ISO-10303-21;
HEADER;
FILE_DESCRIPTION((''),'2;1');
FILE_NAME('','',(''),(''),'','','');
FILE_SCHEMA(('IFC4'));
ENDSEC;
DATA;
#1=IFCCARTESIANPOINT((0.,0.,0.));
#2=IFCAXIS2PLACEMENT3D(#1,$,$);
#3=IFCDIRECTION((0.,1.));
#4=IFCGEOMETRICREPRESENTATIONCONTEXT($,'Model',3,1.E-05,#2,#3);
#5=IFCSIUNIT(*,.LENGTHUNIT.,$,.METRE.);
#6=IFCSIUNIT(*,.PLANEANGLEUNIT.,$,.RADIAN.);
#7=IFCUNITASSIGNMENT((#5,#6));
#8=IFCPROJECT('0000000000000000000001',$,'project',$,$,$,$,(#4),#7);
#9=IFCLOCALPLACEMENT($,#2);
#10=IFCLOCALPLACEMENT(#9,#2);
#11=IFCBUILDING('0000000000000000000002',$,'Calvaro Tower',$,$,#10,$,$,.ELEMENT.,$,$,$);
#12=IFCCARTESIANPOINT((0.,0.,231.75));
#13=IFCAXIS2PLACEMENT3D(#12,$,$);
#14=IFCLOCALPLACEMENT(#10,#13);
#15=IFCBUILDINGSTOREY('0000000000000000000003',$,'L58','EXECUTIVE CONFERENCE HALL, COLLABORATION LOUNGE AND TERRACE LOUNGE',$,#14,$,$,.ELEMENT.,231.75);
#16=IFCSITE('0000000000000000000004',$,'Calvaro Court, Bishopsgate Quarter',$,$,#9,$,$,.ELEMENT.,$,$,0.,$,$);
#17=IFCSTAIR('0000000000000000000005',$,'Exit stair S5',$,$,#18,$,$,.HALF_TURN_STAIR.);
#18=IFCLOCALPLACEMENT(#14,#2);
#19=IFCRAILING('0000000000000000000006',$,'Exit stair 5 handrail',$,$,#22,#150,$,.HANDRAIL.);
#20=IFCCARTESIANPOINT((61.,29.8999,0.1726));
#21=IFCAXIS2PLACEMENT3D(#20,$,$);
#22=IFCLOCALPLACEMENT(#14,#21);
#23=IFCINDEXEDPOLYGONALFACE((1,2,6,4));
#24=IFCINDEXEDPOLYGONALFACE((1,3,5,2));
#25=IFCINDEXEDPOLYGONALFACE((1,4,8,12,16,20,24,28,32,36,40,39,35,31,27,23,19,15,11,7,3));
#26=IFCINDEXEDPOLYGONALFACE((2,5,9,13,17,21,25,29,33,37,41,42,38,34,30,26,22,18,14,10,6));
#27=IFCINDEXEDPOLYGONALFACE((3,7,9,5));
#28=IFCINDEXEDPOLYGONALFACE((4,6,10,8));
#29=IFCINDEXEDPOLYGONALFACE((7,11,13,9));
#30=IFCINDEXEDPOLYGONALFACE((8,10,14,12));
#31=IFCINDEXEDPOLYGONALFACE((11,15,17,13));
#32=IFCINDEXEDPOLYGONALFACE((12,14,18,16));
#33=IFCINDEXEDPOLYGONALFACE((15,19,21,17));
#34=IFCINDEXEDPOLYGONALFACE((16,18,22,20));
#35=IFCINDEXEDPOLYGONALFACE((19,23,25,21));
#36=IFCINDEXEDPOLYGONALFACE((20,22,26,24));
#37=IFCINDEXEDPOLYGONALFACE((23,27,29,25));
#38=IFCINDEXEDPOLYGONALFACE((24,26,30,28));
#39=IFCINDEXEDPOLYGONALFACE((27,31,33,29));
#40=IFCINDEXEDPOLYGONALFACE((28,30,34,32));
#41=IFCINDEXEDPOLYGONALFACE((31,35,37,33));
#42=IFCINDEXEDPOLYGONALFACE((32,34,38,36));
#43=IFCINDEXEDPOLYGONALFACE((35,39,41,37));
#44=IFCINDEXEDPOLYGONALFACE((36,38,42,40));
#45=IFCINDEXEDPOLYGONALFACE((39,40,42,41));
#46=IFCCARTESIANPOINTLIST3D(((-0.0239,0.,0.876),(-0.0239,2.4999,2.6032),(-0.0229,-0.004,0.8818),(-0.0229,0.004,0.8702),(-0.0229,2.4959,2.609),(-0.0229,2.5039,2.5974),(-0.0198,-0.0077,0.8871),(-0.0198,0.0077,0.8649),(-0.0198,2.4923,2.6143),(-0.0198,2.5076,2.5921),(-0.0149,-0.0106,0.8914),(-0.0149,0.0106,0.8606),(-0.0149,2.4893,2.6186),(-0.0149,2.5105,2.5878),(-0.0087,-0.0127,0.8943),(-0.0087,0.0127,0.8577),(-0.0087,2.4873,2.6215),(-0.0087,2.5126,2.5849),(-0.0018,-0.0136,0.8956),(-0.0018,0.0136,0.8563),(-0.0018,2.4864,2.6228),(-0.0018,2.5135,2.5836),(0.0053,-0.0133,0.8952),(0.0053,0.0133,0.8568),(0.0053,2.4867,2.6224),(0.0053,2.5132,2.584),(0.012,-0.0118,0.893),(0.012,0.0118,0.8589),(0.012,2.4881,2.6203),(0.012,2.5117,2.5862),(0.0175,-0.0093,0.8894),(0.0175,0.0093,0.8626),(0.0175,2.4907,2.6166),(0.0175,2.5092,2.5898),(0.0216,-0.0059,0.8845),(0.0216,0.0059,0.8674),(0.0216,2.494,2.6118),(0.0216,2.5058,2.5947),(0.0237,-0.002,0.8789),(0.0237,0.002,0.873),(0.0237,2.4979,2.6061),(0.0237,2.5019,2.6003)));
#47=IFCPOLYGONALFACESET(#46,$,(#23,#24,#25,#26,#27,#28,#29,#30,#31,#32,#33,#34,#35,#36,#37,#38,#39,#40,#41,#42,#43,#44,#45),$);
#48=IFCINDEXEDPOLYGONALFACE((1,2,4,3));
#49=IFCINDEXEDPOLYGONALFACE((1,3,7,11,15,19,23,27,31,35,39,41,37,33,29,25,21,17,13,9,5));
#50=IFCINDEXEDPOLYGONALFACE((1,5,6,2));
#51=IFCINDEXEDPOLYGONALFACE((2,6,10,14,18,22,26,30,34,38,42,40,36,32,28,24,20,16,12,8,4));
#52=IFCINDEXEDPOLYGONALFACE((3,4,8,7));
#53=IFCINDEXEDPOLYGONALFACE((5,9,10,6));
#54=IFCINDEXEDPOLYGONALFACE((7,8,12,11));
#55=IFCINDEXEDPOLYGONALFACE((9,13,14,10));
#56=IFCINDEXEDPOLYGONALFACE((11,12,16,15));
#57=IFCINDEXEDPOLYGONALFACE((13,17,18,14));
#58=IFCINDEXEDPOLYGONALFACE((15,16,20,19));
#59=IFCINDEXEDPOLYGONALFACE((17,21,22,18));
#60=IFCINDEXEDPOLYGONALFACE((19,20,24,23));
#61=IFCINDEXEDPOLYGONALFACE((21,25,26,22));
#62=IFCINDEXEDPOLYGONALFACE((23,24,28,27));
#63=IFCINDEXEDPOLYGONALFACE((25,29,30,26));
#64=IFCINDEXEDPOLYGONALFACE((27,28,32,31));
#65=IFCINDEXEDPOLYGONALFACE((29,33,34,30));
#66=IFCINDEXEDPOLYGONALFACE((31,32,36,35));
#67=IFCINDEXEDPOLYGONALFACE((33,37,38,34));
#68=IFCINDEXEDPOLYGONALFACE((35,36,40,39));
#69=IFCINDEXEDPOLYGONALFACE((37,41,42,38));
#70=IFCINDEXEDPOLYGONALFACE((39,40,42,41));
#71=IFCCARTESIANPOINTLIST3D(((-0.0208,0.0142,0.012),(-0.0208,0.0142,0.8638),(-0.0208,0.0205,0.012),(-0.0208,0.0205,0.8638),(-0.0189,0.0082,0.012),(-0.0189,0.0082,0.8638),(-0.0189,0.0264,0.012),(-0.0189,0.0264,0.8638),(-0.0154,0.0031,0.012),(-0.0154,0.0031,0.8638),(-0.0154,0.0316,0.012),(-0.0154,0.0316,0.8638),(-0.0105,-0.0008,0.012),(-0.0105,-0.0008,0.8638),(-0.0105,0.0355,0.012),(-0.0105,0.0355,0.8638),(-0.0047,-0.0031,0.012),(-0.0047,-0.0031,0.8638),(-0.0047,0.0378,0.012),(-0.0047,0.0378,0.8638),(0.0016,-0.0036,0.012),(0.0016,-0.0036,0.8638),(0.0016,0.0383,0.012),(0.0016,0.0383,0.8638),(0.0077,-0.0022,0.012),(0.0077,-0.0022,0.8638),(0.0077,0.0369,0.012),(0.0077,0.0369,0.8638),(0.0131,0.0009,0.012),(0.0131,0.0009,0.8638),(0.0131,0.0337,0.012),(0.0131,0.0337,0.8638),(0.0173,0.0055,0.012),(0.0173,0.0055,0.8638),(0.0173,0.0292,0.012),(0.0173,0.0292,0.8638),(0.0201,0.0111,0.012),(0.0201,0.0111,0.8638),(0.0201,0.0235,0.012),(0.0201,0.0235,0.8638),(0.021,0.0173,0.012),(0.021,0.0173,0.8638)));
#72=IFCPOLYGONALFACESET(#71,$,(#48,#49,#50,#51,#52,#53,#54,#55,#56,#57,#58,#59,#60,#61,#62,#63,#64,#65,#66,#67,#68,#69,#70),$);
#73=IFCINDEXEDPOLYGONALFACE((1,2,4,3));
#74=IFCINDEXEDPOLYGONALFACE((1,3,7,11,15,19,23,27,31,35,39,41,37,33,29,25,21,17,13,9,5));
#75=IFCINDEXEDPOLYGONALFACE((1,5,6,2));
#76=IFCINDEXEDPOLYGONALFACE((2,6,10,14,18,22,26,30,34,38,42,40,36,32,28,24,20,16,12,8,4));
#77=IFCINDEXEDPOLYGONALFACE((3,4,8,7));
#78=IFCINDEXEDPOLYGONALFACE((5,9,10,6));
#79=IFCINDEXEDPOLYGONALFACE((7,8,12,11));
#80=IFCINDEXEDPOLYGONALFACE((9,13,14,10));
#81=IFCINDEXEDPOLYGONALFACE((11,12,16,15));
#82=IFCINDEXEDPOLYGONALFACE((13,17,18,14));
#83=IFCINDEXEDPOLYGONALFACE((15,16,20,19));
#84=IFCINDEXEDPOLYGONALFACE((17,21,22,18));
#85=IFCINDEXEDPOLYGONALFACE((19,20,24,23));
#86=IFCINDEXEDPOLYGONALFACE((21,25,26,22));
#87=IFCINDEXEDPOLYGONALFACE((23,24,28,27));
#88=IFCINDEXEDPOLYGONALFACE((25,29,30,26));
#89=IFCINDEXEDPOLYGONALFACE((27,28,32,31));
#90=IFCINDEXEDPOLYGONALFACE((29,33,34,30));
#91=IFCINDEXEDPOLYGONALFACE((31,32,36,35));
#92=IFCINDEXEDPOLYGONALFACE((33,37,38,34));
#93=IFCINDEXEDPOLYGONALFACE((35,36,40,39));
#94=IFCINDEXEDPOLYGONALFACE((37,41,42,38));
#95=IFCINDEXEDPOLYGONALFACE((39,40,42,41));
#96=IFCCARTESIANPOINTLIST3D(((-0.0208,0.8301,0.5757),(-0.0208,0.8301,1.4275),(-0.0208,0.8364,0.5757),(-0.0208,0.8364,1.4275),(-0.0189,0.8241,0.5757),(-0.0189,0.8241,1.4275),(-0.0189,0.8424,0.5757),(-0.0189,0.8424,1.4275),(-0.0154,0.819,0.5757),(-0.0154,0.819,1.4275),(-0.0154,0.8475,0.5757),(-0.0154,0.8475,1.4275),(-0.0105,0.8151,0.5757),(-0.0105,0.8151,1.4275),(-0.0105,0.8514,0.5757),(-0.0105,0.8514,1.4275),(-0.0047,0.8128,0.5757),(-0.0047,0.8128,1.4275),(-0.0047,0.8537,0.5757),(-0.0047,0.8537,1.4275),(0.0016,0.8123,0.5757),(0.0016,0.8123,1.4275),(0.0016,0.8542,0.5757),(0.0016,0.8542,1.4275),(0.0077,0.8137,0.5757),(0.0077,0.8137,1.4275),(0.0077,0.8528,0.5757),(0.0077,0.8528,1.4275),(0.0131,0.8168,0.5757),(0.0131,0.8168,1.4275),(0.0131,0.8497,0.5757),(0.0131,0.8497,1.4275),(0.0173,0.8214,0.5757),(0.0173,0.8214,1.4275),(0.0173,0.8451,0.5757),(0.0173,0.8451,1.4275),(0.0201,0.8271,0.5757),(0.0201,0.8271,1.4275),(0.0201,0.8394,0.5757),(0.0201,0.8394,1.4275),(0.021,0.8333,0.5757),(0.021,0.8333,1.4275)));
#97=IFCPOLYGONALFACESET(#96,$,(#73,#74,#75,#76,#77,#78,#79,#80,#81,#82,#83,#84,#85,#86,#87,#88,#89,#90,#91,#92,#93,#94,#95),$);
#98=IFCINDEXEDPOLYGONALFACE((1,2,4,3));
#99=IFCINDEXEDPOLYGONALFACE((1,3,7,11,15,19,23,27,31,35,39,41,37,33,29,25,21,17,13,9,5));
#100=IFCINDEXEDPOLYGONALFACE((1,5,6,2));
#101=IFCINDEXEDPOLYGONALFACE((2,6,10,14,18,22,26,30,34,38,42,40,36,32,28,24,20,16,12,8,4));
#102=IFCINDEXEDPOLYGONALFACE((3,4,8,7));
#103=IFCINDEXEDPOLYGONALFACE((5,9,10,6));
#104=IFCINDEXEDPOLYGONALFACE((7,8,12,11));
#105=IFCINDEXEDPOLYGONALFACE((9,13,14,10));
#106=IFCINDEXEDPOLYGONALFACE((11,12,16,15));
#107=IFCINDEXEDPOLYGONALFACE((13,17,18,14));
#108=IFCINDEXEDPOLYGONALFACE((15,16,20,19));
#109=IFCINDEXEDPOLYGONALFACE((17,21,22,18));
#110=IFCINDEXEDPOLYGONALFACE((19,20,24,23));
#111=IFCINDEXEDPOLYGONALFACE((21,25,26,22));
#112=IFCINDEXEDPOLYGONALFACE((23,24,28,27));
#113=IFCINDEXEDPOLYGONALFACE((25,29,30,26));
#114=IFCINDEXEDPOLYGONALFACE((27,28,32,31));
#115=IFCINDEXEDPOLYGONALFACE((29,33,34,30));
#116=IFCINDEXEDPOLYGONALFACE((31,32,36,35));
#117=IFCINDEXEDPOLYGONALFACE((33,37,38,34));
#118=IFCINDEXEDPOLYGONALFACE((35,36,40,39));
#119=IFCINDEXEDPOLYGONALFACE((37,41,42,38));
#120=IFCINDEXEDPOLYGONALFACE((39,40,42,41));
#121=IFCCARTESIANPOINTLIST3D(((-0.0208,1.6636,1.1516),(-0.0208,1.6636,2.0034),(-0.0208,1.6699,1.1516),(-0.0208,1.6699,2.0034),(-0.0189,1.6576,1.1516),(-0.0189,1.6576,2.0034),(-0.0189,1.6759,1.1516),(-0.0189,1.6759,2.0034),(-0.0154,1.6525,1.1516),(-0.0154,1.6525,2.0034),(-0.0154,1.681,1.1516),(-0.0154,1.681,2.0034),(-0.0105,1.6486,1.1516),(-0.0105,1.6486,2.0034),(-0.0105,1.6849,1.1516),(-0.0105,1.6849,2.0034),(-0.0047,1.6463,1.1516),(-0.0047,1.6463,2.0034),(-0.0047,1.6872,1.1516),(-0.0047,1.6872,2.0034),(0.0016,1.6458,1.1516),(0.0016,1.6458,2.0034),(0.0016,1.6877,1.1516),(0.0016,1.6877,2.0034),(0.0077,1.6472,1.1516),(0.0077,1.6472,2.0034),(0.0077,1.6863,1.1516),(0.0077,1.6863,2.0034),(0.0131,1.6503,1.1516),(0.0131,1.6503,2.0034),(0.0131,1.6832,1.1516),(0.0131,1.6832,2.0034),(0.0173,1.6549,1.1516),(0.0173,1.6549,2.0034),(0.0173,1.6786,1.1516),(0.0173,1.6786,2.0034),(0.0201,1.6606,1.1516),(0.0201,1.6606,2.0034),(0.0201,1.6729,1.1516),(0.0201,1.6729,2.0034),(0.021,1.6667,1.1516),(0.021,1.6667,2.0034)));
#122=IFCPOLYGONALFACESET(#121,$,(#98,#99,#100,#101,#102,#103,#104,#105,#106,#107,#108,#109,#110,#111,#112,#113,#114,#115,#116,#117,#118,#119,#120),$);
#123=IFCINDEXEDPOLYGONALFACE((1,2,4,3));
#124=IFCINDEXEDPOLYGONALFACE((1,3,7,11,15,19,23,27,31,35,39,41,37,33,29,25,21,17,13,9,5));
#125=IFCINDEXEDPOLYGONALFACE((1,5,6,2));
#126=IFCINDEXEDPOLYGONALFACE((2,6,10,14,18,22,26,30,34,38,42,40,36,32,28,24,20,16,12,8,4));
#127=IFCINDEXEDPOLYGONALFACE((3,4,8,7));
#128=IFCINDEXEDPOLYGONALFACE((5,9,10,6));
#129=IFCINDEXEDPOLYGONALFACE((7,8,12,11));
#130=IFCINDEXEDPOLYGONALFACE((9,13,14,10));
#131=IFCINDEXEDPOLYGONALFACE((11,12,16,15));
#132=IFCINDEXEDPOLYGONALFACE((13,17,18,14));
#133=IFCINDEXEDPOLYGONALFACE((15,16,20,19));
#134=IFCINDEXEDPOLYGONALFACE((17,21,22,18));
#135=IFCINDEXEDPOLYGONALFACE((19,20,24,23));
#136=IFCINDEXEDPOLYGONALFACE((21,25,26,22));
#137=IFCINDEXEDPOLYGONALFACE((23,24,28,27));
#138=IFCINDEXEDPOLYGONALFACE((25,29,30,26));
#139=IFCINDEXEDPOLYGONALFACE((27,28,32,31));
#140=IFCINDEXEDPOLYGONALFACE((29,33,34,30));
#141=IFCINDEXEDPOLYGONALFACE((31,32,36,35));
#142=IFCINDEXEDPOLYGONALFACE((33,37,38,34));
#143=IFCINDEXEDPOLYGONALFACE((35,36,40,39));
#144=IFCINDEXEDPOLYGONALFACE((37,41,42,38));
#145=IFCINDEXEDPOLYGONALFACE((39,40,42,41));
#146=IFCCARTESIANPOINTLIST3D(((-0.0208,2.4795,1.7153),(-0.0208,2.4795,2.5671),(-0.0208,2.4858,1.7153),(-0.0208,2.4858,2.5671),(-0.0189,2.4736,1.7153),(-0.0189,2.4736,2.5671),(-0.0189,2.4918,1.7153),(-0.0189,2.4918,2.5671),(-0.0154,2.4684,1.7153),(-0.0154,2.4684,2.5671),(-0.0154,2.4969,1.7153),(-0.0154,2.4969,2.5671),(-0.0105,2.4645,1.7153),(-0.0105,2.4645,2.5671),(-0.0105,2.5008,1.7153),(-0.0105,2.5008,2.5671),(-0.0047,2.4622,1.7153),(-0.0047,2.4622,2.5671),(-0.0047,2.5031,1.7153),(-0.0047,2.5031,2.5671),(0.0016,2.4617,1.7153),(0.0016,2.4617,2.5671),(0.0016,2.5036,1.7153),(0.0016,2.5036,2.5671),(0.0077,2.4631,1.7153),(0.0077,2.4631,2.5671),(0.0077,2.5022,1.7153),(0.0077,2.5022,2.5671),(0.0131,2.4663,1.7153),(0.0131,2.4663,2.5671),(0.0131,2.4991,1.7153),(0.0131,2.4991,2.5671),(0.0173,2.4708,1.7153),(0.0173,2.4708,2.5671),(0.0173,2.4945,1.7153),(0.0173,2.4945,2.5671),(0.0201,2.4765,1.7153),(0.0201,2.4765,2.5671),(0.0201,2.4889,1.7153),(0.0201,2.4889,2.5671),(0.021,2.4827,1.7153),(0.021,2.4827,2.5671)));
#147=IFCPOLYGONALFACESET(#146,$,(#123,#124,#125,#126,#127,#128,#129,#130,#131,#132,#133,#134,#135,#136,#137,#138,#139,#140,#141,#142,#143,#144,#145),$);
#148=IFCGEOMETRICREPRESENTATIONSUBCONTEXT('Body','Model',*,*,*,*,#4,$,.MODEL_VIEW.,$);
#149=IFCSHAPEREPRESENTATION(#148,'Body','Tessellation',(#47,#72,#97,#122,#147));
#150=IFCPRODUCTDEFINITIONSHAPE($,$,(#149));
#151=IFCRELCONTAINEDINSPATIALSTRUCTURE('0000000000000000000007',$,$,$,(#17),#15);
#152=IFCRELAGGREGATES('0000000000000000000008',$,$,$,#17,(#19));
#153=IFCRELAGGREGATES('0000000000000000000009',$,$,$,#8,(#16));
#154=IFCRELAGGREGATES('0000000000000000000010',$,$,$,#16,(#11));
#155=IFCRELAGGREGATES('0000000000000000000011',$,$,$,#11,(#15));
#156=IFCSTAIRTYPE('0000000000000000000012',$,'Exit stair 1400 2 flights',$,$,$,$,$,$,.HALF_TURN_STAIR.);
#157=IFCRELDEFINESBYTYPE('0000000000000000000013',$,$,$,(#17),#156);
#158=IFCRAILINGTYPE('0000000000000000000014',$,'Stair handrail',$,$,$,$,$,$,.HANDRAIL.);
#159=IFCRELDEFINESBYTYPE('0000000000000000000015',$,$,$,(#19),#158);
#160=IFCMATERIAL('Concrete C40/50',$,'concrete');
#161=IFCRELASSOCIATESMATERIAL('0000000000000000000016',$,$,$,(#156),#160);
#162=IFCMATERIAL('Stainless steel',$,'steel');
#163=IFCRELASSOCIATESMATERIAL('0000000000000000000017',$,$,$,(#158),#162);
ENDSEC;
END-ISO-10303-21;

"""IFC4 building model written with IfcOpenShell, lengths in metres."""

from ifc_helpers import new_model, si_unit, direction, frame, origin, origin_2d, place, context, subcontext, project, spatial, circle, extrude, material, type_object, element, aggregate, save


model = new_model("IFC4")

# Units and contexts
model_context = context("Model", 3, precision=1e-05, world=origin(), true_north=direction((0.0, 1.0)))
body_context = subcontext(model_context, "Body", "Model", "MODEL_VIEW")
ifc_project = project(units=[si_unit("LENGTHUNIT", "METRE"), si_unit("PLANEANGLEUNIT", "RADIAN")], contexts=[model_context])

# Site, building, storey
site_placement = place(None, origin())
site = spatial("IfcSite", under=ifc_project, at=site_placement, Name="Calvaro Court, Bishopsgate Quarter", CompositionType="ELEMENT", RefElevation=0.0)
building_placement = place(site_placement, origin())
building = spatial("IfcBuilding", under=site, at=building_placement, Name="Calvaro Tower", CompositionType="ELEMENT")
storey_placement = place(building_placement, frame((0.0, 0.0, 231.75)))
storey = spatial("IfcBuildingStorey", under=building, at=storey_placement, Name="L58", Description="EXECUTIVE CONFERENCE HALL, COLLABORATION LOUNGE AND TERRACE LOUNGE", CompositionType="ELEMENT", Elevation=231.75)

# Stair, railing
ifc_material_1 = material(Name="Concrete C40/50", Category="concrete")
stair_type = type_object("IfcStairType", Name="Exit stair 1400 2 flights", PredefinedType="HALF_TURN_STAIR", material=ifc_material_1)
stair_placement = place(storey_placement, origin())
stair = element("IfcStair", 1, at=stair_placement, inside=storey, type_object=stair_type, Name="Exit stair S5", PredefinedType="HALF_TURN_STAIR")
ifc_material_2 = material(Name="Stainless steel", Category="steel")
railing_type = type_object("IfcRailingType", Name="Stair handrail", PredefinedType="HANDRAIL", material=ifc_material_2)
railing_1_placement = place(storey_placement, frame((61.0, 29.8999, 0.1726)))
railing_1 = element("IfcRailing", 2, at=railing_1_placement, type_object=railing_type, Name="Exit stair 5 handrail", PredefinedType="HANDRAIL", context=body_context, shape_type="SweptSolid", body=[
    extrude(circle(Radius=0.0239, at=origin_2d()), frame((0.0, 0.0, 0.876), z_axis=(0.0, 0.822727, 0.568437), x_axis=(-1.0, 0.0, 0.0)), (0.0, 0.0, 1.0), 3.0386),
    extrude(circle(Radius=0.021, at=origin_2d()), frame((0.0, 0.0173, 0.012)), (0.0, 0.0, 1.0), 0.8518),
    extrude(circle(Radius=0.021, at=origin_2d()), frame((0.0, 0.8333, 0.5757)), (0.0, 0.0, 1.0), 0.8518),
    extrude(circle(Radius=0.021, at=origin_2d()), frame((0.0, 1.6667, 1.1516)), (0.0, 0.0, 1.0), 0.8518),
    extrude(circle(Radius=0.021, at=origin_2d()), frame((0.0, 2.4827, 1.7153)), (0.0, 0.0, 1.0), 0.8518),
])
aggregate(stair, [railing_1])

save(model, "model.ifc")
